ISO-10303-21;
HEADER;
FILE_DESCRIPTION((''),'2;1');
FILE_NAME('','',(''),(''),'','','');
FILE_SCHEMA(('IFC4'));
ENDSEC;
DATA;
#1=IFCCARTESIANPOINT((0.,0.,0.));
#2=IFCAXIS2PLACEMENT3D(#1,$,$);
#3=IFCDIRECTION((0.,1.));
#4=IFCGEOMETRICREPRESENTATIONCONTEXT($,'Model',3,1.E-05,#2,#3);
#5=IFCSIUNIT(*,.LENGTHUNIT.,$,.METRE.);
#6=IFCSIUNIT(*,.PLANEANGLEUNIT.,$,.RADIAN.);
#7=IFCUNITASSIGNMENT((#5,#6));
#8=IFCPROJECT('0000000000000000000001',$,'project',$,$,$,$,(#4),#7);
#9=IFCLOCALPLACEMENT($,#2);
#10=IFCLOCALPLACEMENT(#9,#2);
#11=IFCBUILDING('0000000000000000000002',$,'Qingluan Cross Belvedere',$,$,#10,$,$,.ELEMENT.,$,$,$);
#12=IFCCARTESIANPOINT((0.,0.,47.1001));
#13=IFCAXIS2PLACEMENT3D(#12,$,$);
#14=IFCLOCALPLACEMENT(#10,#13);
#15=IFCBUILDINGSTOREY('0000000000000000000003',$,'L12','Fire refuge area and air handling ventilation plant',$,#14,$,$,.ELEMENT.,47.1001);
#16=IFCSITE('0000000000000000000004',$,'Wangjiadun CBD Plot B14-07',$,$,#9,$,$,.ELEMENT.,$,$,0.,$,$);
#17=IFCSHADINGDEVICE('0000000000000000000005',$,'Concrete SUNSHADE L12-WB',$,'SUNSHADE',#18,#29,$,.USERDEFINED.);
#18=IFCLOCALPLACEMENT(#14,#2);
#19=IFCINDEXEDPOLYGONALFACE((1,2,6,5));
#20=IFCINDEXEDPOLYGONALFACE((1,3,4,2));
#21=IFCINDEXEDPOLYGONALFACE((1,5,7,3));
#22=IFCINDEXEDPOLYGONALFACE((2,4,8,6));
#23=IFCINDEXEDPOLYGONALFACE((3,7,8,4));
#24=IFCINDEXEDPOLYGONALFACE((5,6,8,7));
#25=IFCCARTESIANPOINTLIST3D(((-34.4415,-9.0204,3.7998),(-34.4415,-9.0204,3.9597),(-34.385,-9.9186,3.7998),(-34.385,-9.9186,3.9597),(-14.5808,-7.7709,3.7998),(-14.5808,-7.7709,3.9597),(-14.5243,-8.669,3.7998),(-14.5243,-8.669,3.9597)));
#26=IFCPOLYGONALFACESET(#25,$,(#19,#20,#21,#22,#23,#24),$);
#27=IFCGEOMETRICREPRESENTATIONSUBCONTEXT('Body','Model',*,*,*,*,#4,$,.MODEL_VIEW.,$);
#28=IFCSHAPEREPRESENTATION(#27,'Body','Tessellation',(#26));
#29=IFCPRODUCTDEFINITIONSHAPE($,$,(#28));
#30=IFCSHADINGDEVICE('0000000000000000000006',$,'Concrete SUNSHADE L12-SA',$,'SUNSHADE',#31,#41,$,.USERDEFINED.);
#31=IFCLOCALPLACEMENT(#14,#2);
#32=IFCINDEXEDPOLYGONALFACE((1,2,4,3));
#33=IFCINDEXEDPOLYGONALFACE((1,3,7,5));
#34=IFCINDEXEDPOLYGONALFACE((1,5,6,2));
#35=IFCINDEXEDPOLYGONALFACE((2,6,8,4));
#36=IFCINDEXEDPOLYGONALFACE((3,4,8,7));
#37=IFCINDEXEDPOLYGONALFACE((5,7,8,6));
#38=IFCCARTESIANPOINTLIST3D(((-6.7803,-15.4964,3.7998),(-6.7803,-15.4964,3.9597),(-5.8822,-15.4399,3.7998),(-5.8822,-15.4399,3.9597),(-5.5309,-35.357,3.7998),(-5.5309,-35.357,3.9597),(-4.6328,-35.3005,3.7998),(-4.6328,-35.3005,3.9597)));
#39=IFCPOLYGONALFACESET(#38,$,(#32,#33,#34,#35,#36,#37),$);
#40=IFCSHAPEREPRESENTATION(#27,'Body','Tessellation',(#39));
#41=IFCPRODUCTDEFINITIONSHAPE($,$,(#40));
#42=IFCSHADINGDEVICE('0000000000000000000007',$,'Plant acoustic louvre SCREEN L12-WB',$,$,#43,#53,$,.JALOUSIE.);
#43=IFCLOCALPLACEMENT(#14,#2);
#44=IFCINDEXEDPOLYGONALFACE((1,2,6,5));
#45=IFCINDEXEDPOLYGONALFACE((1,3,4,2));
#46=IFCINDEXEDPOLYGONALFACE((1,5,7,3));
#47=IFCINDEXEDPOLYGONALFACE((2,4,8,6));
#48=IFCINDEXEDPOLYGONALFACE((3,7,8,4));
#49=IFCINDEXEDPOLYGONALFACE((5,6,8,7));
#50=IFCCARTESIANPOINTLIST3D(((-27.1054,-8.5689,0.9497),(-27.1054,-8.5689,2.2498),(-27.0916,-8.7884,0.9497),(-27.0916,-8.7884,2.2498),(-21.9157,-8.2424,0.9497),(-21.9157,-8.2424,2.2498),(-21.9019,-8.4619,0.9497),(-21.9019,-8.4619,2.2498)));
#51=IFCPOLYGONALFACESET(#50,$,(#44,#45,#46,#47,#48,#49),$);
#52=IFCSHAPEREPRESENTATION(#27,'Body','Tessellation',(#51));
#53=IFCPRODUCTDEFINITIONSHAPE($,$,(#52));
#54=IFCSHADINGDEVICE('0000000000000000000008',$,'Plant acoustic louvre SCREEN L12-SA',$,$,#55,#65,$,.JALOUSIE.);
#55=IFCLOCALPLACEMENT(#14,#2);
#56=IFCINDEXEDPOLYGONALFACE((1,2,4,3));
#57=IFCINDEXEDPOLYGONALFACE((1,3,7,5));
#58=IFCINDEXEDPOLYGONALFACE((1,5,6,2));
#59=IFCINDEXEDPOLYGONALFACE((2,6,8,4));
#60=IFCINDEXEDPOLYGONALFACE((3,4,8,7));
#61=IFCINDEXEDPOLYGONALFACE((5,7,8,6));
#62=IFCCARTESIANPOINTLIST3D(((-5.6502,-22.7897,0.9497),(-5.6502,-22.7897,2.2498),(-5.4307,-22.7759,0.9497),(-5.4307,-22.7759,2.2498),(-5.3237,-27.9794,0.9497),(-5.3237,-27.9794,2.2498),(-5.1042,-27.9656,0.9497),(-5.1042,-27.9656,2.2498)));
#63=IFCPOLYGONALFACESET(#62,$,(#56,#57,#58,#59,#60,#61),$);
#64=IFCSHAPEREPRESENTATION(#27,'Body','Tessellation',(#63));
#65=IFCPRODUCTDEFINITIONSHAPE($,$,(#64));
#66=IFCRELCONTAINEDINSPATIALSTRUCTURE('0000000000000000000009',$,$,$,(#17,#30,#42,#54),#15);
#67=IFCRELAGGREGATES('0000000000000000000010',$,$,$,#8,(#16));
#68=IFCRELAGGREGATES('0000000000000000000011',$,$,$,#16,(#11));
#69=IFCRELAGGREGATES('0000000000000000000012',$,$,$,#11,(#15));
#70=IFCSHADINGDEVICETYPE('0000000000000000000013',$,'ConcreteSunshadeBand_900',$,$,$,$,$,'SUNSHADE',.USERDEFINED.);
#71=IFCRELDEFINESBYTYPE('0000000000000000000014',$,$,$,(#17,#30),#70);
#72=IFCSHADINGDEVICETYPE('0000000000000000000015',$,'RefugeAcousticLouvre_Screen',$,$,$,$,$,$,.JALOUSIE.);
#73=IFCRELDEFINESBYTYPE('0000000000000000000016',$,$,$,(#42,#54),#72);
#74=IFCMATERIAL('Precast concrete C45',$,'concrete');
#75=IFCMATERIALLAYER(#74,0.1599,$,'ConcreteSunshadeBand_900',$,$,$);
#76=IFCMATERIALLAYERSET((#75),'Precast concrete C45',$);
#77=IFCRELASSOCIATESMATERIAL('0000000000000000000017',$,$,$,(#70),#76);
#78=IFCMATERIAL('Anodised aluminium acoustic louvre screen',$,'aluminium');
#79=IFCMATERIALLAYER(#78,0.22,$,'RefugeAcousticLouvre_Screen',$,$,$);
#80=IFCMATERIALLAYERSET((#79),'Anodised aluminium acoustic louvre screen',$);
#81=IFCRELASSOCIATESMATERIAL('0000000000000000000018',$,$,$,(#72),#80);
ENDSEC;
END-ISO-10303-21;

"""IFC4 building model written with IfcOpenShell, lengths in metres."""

from ifc_helpers import new_model, si_unit, direction, frame, origin, origin_2d, place, context, subcontext, project, spatial, rectangle, extrude, material, layer, layer_set, type_object, element, save


model = new_model("IFC4")

# Units and contexts
model_context = context("Model", 3, precision=1e-05, world=origin(), true_north=direction((0.0, 1.0)))
body_context = subcontext(model_context, "Body", "Model", "MODEL_VIEW")
ifc_project = project(units=[si_unit("LENGTHUNIT", "METRE"), si_unit("PLANEANGLEUNIT", "RADIAN")], contexts=[model_context])

# Site, building, storey
site_placement = place(None, origin())
site = spatial("IfcSite", under=ifc_project, at=site_placement, Name="Wangjiadun CBD Plot B14-07", CompositionType="ELEMENT", RefElevation=0.0)
building_placement = place(site_placement, origin())
building = spatial("IfcBuilding", under=site, at=building_placement, Name="Qingluan Cross Belvedere", CompositionType="ELEMENT")
storey_placement = place(building_placement, frame((0.0, 0.0, 47.1001)))
storey = spatial("IfcBuildingStorey", under=building, at=storey_placement, Name="L12", Description="Fire refuge area and air handling ventilation plant", CompositionType="ELEMENT", Elevation=47.1001)

# Shading devices
ifc_material_1 = material(Name="Precast concrete C45", Category="concrete")
ifc_layer_1 = layer(ifc_material_1, 0.1599, Name="ConcreteSunshadeBand_900")
ifc_layer_set_1 = layer_set([ifc_layer_1], Name="Precast concrete C45")
shading_device_type_1 = type_object("IfcShadingDeviceType", Name="ConcreteSunshadeBand_900", ElementType="SUNSHADE", PredefinedType="USERDEFINED", material=ifc_layer_set_1)
for number, where, z_axis, x_axis, name in (
    (1, (-24.4829, -8.8447, 3.7998), (0.0, 0.0, 1.0), (0.998027, 0.062791, 0.0), "Concrete SUNSHADE L12-WB"),
    (2, (-5.7065, -25.3984, 3.7998), (0.0, 0.0, 1.0), (0.062786, -0.998027, 0.0), "Concrete SUNSHADE L12-SA"),
):
    element("IfcShadingDevice", number, at=place(storey_placement, frame(where, z_axis=z_axis, x_axis=x_axis)), inside=storey, type_object=shading_device_type_1, Name=name, ObjectType="SUNSHADE", PredefinedType="USERDEFINED", context=body_context, shape_type="SweptSolid", body=[
        extrude(rectangle(XDim=19.8999, YDim=0.8999, at=origin_2d()), origin(), (0.0, 0.0, 1.0), 0.1599),
    ])
ifc_material_2 = material(Name="Anodised aluminium acoustic louvre screen", Category="aluminium")
ifc_layer_2 = layer(ifc_material_2, 0.22, Name="RefugeAcousticLouvre_Screen")
ifc_layer_set_2 = layer_set([ifc_layer_2], Name="Anodised aluminium acoustic louvre screen")
shading_device_type_2 = type_object("IfcShadingDeviceType", Name="RefugeAcousticLouvre_Screen", PredefinedType="JALOUSIE", material=ifc_layer_set_2)
for number, where, z_axis, x_axis, name in (
    (3, (-24.5037, -8.5154, 0.9497), (0.0, 0.0, 1.0), (0.998027, 0.062791, 0.0), "Plant acoustic louvre SCREEN L12-WB"),
    (4, (-5.3772, -25.3777, 0.9497), (0.0, 0.0, 1.0), (0.062786, -0.998027, 0.0), "Plant acoustic louvre SCREEN L12-SA"),
):
    element("IfcShadingDevice", number, at=place(storey_placement, frame(where, z_axis=z_axis, x_axis=x_axis)), inside=storey, type_object=shading_device_type_2, Name=name, PredefinedType="JALOUSIE", context=body_context, shape_type="SweptSolid", body=[
        extrude(rectangle(XDim=5.2, YDim=0.22, at=origin_2d()), origin(), (0.0, 0.0, 1.0), 1.3),
    ])

save(model, "model.ifc")
